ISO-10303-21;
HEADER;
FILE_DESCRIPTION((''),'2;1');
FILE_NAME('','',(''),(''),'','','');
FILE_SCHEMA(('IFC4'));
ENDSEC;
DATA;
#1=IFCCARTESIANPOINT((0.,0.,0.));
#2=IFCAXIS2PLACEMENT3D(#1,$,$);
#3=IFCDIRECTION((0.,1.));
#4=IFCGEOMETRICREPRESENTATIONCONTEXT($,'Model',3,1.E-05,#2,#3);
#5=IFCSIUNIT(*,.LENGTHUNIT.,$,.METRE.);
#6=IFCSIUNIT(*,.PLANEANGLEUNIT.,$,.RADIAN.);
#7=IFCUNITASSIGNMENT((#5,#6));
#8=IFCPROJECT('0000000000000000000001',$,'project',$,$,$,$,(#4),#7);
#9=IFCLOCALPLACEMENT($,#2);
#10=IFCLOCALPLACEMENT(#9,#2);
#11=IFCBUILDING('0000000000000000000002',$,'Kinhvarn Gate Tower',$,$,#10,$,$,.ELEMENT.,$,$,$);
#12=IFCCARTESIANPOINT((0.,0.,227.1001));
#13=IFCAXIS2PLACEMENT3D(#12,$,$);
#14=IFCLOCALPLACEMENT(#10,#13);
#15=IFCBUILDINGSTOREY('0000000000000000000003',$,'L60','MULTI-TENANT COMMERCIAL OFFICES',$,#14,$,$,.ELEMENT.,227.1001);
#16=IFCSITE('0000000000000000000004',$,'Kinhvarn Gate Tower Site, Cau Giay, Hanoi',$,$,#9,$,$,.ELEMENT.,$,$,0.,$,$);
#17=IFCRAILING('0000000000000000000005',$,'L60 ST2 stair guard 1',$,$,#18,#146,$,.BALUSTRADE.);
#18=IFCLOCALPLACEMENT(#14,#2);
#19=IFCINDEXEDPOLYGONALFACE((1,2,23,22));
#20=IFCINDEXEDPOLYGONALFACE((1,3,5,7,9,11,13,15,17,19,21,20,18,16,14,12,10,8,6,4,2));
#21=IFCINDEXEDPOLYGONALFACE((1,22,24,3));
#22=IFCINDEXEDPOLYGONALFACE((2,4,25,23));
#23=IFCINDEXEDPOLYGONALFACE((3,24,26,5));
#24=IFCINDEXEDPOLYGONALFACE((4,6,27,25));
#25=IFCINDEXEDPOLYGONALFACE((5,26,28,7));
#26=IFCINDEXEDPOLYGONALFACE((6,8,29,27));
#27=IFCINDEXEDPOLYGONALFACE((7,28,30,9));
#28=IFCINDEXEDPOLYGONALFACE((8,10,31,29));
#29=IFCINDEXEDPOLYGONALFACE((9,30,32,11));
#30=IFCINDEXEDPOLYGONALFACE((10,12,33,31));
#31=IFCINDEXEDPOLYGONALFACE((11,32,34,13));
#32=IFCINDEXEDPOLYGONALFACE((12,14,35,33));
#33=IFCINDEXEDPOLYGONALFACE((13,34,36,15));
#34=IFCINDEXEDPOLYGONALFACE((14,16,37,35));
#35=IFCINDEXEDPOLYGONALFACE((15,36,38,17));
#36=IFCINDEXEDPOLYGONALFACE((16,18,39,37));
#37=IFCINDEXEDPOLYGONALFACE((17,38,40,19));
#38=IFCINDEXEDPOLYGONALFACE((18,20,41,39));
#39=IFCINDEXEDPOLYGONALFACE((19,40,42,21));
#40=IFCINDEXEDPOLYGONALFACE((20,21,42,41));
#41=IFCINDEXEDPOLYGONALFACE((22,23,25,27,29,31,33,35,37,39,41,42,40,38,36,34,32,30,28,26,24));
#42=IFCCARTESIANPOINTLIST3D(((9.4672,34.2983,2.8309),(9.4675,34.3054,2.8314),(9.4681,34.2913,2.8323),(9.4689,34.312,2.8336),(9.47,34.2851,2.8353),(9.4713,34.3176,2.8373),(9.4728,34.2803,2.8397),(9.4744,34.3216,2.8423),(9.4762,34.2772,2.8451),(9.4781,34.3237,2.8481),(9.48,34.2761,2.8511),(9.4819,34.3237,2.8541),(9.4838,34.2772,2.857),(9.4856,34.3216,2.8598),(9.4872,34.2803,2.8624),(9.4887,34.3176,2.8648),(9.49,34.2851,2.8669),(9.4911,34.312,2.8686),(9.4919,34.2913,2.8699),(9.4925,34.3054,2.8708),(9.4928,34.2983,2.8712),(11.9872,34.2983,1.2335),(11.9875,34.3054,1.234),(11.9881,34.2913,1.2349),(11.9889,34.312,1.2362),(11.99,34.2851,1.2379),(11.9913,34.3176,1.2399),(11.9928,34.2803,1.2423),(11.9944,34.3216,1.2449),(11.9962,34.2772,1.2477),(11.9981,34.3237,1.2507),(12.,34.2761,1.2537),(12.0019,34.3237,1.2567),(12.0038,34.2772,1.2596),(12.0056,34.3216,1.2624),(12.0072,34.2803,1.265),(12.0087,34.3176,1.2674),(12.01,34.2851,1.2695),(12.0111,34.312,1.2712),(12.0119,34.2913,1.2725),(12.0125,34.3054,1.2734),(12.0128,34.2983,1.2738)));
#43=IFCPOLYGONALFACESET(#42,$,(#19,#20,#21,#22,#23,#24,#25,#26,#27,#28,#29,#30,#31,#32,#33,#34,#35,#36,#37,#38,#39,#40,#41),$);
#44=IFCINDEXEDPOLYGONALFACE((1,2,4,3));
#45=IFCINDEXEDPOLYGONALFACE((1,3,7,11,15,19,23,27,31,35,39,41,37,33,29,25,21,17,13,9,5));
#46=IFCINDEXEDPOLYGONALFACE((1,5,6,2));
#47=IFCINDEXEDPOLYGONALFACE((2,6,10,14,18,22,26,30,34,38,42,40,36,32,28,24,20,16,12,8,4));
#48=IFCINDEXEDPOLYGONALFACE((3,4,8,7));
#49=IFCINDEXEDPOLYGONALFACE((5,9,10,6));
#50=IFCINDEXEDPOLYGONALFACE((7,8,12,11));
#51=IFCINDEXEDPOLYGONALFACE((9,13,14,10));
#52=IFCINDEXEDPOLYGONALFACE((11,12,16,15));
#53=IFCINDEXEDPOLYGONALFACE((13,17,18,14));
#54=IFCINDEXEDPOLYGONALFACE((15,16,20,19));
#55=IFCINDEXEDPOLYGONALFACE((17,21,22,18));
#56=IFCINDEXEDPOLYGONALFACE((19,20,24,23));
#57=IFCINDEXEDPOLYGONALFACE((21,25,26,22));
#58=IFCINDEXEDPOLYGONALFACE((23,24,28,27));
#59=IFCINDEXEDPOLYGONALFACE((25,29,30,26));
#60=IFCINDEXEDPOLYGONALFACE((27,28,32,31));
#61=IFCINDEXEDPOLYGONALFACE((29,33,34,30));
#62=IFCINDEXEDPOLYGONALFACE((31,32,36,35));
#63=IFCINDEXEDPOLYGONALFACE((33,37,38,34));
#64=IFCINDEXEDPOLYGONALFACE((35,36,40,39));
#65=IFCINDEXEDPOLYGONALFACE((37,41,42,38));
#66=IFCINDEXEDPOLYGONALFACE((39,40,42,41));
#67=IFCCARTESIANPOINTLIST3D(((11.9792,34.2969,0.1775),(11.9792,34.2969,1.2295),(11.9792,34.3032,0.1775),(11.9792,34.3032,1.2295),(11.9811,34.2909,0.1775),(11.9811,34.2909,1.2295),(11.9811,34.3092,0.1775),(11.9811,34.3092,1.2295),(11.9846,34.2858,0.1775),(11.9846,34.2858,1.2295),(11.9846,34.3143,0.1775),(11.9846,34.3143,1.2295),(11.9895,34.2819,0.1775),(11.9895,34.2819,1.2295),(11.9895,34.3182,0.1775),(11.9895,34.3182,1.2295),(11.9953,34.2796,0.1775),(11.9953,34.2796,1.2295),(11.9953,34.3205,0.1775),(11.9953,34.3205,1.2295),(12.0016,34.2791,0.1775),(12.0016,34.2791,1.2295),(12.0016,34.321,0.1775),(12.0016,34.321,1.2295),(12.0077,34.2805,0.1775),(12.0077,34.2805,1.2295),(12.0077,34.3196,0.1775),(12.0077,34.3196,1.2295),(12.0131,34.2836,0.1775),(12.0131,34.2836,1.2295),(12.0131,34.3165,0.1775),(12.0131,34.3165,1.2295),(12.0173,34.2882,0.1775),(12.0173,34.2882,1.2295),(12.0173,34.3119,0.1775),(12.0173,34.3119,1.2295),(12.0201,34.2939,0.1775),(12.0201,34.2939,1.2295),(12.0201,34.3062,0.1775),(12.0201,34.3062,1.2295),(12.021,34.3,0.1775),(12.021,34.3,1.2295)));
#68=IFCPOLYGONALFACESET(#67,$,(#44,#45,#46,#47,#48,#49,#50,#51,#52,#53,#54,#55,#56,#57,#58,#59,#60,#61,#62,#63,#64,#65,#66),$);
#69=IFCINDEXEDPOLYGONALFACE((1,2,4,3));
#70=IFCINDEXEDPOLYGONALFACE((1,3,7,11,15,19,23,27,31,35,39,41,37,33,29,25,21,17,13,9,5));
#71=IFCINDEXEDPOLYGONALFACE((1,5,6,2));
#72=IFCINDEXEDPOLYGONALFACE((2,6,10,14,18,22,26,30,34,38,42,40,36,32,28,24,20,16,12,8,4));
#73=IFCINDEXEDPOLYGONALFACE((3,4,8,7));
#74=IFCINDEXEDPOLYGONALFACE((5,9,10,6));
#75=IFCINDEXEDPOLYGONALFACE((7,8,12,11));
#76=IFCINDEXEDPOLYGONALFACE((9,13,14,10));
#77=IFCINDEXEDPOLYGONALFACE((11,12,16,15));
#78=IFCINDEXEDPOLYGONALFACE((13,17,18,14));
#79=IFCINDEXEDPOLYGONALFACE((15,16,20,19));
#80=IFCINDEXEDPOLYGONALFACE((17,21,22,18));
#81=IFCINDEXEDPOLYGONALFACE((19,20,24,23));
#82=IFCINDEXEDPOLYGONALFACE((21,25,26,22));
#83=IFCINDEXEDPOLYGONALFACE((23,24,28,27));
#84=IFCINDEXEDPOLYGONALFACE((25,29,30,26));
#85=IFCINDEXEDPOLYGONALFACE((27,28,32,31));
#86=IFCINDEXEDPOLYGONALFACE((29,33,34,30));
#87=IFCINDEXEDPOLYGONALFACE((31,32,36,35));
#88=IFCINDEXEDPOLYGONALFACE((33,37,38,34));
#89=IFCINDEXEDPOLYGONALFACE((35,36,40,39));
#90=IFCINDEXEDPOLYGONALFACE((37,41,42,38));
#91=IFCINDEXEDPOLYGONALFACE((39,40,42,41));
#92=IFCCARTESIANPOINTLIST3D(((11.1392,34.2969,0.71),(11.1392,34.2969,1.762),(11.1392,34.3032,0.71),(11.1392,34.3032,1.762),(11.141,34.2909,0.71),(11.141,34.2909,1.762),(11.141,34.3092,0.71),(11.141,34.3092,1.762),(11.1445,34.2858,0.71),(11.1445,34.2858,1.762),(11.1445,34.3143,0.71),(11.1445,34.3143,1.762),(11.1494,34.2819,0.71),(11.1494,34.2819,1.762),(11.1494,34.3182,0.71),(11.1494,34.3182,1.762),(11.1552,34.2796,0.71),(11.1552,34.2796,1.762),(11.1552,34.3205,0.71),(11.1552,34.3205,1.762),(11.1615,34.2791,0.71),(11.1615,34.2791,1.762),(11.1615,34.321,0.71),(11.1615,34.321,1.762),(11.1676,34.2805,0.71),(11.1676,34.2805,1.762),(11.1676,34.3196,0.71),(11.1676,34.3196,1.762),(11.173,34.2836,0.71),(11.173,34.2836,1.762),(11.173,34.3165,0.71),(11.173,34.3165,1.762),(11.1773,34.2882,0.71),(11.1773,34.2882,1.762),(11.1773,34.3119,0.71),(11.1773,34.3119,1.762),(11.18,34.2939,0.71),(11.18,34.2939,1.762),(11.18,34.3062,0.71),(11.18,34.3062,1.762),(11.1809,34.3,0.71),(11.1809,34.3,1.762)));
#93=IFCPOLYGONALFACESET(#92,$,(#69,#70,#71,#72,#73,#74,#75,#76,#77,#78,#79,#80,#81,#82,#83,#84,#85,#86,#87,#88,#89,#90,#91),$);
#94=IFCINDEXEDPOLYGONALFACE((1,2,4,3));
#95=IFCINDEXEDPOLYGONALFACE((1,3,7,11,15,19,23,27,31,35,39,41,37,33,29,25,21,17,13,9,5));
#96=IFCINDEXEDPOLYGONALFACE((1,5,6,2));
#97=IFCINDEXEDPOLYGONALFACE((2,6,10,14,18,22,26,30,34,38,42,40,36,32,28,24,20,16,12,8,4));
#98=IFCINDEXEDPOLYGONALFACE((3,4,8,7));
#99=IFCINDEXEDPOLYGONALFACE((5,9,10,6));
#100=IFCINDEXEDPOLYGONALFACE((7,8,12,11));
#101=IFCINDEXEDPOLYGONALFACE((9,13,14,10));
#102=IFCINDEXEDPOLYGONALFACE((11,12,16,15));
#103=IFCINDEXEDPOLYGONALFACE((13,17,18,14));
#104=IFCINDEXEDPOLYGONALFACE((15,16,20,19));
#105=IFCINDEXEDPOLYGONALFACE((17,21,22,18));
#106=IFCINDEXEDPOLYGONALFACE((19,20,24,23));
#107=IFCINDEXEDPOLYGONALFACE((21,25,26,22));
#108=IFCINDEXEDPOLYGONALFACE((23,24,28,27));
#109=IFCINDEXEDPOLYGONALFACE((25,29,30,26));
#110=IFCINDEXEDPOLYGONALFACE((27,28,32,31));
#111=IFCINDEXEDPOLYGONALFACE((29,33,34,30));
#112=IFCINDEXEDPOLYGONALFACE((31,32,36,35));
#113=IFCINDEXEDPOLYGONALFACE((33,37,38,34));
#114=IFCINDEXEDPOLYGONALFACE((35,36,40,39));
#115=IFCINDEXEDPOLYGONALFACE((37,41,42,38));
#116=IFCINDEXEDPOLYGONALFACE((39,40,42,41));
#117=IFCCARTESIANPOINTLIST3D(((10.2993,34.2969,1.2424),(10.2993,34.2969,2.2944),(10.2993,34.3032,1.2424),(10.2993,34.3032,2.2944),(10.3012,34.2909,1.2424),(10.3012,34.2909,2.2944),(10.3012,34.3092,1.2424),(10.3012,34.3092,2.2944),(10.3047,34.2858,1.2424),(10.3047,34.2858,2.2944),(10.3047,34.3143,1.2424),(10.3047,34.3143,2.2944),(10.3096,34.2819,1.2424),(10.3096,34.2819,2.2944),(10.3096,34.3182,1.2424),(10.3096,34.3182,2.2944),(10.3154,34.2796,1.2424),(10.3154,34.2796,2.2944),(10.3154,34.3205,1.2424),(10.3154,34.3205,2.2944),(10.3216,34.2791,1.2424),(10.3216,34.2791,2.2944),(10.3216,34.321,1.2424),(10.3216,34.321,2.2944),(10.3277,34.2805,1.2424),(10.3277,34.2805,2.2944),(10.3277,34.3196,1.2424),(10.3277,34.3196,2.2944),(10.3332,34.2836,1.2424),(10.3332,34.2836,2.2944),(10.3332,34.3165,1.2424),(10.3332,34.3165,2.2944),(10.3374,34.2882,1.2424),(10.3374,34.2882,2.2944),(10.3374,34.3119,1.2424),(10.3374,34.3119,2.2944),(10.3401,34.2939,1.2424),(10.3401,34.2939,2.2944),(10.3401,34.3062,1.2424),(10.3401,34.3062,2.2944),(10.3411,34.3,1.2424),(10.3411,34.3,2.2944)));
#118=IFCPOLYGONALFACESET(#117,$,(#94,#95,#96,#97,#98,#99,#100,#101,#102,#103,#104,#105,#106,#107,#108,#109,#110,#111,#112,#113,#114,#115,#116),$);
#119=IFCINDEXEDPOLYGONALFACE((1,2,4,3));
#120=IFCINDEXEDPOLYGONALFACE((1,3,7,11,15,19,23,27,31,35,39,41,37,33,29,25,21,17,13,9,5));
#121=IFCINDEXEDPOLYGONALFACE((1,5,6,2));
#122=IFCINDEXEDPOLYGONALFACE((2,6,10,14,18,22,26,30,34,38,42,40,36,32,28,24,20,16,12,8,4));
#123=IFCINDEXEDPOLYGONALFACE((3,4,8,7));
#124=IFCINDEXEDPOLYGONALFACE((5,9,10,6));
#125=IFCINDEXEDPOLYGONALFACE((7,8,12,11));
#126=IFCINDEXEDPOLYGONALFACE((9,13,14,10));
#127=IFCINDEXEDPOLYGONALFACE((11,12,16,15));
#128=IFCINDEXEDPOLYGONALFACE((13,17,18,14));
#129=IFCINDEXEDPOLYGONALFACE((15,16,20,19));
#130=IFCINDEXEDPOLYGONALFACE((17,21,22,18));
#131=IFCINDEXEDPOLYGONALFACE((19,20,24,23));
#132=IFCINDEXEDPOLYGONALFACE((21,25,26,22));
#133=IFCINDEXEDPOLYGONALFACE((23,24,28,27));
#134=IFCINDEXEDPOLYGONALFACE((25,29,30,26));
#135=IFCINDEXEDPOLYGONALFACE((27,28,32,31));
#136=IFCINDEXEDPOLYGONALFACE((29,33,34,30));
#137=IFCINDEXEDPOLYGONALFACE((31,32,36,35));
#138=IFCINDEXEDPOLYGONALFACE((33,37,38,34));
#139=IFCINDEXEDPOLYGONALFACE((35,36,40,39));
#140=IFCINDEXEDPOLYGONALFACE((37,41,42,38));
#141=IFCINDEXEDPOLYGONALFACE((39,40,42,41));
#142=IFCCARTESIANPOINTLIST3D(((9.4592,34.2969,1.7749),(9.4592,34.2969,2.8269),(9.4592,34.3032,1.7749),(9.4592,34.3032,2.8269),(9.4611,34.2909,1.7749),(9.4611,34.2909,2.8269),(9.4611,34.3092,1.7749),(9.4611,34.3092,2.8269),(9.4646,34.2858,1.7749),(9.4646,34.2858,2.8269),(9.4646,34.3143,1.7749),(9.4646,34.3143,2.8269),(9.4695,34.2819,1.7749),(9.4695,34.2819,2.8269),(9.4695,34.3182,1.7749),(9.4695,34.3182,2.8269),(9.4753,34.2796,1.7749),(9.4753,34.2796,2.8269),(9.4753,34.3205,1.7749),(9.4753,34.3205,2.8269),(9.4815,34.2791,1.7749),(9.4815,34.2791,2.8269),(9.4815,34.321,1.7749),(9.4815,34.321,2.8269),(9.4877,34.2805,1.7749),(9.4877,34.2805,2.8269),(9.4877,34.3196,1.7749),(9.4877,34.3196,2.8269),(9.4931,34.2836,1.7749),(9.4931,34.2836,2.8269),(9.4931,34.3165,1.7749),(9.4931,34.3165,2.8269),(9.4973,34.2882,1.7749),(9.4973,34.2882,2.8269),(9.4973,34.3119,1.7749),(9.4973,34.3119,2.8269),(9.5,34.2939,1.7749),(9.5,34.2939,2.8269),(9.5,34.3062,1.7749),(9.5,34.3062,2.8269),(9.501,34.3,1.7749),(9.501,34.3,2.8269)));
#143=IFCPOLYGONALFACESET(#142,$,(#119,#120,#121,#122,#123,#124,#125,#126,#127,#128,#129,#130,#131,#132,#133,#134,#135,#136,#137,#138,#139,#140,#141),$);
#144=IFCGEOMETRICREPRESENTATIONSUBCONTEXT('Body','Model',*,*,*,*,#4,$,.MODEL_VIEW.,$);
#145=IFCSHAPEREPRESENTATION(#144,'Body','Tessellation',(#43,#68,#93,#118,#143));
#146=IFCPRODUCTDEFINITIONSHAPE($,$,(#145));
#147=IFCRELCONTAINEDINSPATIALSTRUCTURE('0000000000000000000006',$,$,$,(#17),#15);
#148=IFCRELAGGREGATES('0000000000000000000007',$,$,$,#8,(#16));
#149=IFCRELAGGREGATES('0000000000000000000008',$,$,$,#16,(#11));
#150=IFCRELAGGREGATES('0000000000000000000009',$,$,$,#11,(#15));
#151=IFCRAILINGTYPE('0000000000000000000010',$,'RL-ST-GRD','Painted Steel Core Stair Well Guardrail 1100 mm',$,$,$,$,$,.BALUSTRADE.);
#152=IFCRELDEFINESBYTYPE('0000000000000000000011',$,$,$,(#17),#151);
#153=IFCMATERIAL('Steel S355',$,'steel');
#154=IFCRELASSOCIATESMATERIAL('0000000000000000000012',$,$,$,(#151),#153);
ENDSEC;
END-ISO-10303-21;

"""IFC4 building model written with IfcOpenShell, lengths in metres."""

from ifc_helpers import new_model, si_unit, direction, frame, origin, origin_2d, place, context, subcontext, project, spatial, circle, extrude, material, type_object, element, save


model = new_model("IFC4")

# Units and contexts
model_context = context("Model", 3, precision=1e-05, world=origin(), true_north=direction((0.0, 1.0)))
body_context = subcontext(model_context, "Body", "Model", "MODEL_VIEW")
ifc_project = project(units=[si_unit("LENGTHUNIT", "METRE"), si_unit("PLANEANGLEUNIT", "RADIAN")], contexts=[model_context])

# Site, building, storey
site_placement = place(None, origin())
site = spatial("IfcSite", under=ifc_project, at=site_placement, Name="Kinhvarn Gate Tower Site, Cau Giay, Hanoi", CompositionType="ELEMENT", RefElevation=0.0)
building_placement = place(site_placement, origin())
building = spatial("IfcBuilding", under=site, at=building_placement, Name="Kinhvarn Gate Tower", CompositionType="ELEMENT")
storey_placement = place(building_placement, frame((0.0, 0.0, 227.1001)))
storey = spatial("IfcBuildingStorey", under=building, at=storey_placement, Name="L60", Description="MULTI-TENANT COMMERCIAL OFFICES", CompositionType="ELEMENT", Elevation=227.1001)

# Shared definitions
ifc_material_1 = material(Name="Steel S355", Category="steel")

# Railing
railing_type_1 = type_object("IfcRailingType", Name="RL-ST-GRD", Description="Painted Steel Core Stair Well Guardrail 1100 mm", PredefinedType="BALUSTRADE", material=ifc_material_1)
railing_1_placement = place(storey_placement, frame((12.0, 34.3, 0.1775)))
element("IfcRailing", 1, at=railing_1_placement, inside=storey, type_object=railing_type_1, Name="L60 ST2 stair guard 1", PredefinedType="BALUSTRADE", context=body_context, shape_type="SweptSolid", body=[
    extrude(circle(Radius=0.0239, at=origin_2d()), frame((0.0, 0.0, 1.0762), z_axis=(-0.844607, 0.0, 0.535387), x_axis=(0.0, -1.0, 0.0)), (0.0, 0.0, 1.0), 2.9836),
    extrude(circle(Radius=0.021, at=origin_2d()), origin(), (0.0, 0.0, 1.0), 1.052),
    extrude(circle(Radius=0.021, at=origin_2d()), frame((-0.8401, 0.0, 0.5325)), (0.0, 0.0, 1.0), 1.052),
    extrude(circle(Radius=0.021, at=origin_2d()), frame((-1.6799, 0.0, 1.0649)), (0.0, 0.0, 1.0), 1.052),
    extrude(circle(Radius=0.021, at=origin_2d()), frame((-2.52, 0.0, 1.5974)), (0.0, 0.0, 1.0), 1.052),
])

save(model, "model.ifc")
